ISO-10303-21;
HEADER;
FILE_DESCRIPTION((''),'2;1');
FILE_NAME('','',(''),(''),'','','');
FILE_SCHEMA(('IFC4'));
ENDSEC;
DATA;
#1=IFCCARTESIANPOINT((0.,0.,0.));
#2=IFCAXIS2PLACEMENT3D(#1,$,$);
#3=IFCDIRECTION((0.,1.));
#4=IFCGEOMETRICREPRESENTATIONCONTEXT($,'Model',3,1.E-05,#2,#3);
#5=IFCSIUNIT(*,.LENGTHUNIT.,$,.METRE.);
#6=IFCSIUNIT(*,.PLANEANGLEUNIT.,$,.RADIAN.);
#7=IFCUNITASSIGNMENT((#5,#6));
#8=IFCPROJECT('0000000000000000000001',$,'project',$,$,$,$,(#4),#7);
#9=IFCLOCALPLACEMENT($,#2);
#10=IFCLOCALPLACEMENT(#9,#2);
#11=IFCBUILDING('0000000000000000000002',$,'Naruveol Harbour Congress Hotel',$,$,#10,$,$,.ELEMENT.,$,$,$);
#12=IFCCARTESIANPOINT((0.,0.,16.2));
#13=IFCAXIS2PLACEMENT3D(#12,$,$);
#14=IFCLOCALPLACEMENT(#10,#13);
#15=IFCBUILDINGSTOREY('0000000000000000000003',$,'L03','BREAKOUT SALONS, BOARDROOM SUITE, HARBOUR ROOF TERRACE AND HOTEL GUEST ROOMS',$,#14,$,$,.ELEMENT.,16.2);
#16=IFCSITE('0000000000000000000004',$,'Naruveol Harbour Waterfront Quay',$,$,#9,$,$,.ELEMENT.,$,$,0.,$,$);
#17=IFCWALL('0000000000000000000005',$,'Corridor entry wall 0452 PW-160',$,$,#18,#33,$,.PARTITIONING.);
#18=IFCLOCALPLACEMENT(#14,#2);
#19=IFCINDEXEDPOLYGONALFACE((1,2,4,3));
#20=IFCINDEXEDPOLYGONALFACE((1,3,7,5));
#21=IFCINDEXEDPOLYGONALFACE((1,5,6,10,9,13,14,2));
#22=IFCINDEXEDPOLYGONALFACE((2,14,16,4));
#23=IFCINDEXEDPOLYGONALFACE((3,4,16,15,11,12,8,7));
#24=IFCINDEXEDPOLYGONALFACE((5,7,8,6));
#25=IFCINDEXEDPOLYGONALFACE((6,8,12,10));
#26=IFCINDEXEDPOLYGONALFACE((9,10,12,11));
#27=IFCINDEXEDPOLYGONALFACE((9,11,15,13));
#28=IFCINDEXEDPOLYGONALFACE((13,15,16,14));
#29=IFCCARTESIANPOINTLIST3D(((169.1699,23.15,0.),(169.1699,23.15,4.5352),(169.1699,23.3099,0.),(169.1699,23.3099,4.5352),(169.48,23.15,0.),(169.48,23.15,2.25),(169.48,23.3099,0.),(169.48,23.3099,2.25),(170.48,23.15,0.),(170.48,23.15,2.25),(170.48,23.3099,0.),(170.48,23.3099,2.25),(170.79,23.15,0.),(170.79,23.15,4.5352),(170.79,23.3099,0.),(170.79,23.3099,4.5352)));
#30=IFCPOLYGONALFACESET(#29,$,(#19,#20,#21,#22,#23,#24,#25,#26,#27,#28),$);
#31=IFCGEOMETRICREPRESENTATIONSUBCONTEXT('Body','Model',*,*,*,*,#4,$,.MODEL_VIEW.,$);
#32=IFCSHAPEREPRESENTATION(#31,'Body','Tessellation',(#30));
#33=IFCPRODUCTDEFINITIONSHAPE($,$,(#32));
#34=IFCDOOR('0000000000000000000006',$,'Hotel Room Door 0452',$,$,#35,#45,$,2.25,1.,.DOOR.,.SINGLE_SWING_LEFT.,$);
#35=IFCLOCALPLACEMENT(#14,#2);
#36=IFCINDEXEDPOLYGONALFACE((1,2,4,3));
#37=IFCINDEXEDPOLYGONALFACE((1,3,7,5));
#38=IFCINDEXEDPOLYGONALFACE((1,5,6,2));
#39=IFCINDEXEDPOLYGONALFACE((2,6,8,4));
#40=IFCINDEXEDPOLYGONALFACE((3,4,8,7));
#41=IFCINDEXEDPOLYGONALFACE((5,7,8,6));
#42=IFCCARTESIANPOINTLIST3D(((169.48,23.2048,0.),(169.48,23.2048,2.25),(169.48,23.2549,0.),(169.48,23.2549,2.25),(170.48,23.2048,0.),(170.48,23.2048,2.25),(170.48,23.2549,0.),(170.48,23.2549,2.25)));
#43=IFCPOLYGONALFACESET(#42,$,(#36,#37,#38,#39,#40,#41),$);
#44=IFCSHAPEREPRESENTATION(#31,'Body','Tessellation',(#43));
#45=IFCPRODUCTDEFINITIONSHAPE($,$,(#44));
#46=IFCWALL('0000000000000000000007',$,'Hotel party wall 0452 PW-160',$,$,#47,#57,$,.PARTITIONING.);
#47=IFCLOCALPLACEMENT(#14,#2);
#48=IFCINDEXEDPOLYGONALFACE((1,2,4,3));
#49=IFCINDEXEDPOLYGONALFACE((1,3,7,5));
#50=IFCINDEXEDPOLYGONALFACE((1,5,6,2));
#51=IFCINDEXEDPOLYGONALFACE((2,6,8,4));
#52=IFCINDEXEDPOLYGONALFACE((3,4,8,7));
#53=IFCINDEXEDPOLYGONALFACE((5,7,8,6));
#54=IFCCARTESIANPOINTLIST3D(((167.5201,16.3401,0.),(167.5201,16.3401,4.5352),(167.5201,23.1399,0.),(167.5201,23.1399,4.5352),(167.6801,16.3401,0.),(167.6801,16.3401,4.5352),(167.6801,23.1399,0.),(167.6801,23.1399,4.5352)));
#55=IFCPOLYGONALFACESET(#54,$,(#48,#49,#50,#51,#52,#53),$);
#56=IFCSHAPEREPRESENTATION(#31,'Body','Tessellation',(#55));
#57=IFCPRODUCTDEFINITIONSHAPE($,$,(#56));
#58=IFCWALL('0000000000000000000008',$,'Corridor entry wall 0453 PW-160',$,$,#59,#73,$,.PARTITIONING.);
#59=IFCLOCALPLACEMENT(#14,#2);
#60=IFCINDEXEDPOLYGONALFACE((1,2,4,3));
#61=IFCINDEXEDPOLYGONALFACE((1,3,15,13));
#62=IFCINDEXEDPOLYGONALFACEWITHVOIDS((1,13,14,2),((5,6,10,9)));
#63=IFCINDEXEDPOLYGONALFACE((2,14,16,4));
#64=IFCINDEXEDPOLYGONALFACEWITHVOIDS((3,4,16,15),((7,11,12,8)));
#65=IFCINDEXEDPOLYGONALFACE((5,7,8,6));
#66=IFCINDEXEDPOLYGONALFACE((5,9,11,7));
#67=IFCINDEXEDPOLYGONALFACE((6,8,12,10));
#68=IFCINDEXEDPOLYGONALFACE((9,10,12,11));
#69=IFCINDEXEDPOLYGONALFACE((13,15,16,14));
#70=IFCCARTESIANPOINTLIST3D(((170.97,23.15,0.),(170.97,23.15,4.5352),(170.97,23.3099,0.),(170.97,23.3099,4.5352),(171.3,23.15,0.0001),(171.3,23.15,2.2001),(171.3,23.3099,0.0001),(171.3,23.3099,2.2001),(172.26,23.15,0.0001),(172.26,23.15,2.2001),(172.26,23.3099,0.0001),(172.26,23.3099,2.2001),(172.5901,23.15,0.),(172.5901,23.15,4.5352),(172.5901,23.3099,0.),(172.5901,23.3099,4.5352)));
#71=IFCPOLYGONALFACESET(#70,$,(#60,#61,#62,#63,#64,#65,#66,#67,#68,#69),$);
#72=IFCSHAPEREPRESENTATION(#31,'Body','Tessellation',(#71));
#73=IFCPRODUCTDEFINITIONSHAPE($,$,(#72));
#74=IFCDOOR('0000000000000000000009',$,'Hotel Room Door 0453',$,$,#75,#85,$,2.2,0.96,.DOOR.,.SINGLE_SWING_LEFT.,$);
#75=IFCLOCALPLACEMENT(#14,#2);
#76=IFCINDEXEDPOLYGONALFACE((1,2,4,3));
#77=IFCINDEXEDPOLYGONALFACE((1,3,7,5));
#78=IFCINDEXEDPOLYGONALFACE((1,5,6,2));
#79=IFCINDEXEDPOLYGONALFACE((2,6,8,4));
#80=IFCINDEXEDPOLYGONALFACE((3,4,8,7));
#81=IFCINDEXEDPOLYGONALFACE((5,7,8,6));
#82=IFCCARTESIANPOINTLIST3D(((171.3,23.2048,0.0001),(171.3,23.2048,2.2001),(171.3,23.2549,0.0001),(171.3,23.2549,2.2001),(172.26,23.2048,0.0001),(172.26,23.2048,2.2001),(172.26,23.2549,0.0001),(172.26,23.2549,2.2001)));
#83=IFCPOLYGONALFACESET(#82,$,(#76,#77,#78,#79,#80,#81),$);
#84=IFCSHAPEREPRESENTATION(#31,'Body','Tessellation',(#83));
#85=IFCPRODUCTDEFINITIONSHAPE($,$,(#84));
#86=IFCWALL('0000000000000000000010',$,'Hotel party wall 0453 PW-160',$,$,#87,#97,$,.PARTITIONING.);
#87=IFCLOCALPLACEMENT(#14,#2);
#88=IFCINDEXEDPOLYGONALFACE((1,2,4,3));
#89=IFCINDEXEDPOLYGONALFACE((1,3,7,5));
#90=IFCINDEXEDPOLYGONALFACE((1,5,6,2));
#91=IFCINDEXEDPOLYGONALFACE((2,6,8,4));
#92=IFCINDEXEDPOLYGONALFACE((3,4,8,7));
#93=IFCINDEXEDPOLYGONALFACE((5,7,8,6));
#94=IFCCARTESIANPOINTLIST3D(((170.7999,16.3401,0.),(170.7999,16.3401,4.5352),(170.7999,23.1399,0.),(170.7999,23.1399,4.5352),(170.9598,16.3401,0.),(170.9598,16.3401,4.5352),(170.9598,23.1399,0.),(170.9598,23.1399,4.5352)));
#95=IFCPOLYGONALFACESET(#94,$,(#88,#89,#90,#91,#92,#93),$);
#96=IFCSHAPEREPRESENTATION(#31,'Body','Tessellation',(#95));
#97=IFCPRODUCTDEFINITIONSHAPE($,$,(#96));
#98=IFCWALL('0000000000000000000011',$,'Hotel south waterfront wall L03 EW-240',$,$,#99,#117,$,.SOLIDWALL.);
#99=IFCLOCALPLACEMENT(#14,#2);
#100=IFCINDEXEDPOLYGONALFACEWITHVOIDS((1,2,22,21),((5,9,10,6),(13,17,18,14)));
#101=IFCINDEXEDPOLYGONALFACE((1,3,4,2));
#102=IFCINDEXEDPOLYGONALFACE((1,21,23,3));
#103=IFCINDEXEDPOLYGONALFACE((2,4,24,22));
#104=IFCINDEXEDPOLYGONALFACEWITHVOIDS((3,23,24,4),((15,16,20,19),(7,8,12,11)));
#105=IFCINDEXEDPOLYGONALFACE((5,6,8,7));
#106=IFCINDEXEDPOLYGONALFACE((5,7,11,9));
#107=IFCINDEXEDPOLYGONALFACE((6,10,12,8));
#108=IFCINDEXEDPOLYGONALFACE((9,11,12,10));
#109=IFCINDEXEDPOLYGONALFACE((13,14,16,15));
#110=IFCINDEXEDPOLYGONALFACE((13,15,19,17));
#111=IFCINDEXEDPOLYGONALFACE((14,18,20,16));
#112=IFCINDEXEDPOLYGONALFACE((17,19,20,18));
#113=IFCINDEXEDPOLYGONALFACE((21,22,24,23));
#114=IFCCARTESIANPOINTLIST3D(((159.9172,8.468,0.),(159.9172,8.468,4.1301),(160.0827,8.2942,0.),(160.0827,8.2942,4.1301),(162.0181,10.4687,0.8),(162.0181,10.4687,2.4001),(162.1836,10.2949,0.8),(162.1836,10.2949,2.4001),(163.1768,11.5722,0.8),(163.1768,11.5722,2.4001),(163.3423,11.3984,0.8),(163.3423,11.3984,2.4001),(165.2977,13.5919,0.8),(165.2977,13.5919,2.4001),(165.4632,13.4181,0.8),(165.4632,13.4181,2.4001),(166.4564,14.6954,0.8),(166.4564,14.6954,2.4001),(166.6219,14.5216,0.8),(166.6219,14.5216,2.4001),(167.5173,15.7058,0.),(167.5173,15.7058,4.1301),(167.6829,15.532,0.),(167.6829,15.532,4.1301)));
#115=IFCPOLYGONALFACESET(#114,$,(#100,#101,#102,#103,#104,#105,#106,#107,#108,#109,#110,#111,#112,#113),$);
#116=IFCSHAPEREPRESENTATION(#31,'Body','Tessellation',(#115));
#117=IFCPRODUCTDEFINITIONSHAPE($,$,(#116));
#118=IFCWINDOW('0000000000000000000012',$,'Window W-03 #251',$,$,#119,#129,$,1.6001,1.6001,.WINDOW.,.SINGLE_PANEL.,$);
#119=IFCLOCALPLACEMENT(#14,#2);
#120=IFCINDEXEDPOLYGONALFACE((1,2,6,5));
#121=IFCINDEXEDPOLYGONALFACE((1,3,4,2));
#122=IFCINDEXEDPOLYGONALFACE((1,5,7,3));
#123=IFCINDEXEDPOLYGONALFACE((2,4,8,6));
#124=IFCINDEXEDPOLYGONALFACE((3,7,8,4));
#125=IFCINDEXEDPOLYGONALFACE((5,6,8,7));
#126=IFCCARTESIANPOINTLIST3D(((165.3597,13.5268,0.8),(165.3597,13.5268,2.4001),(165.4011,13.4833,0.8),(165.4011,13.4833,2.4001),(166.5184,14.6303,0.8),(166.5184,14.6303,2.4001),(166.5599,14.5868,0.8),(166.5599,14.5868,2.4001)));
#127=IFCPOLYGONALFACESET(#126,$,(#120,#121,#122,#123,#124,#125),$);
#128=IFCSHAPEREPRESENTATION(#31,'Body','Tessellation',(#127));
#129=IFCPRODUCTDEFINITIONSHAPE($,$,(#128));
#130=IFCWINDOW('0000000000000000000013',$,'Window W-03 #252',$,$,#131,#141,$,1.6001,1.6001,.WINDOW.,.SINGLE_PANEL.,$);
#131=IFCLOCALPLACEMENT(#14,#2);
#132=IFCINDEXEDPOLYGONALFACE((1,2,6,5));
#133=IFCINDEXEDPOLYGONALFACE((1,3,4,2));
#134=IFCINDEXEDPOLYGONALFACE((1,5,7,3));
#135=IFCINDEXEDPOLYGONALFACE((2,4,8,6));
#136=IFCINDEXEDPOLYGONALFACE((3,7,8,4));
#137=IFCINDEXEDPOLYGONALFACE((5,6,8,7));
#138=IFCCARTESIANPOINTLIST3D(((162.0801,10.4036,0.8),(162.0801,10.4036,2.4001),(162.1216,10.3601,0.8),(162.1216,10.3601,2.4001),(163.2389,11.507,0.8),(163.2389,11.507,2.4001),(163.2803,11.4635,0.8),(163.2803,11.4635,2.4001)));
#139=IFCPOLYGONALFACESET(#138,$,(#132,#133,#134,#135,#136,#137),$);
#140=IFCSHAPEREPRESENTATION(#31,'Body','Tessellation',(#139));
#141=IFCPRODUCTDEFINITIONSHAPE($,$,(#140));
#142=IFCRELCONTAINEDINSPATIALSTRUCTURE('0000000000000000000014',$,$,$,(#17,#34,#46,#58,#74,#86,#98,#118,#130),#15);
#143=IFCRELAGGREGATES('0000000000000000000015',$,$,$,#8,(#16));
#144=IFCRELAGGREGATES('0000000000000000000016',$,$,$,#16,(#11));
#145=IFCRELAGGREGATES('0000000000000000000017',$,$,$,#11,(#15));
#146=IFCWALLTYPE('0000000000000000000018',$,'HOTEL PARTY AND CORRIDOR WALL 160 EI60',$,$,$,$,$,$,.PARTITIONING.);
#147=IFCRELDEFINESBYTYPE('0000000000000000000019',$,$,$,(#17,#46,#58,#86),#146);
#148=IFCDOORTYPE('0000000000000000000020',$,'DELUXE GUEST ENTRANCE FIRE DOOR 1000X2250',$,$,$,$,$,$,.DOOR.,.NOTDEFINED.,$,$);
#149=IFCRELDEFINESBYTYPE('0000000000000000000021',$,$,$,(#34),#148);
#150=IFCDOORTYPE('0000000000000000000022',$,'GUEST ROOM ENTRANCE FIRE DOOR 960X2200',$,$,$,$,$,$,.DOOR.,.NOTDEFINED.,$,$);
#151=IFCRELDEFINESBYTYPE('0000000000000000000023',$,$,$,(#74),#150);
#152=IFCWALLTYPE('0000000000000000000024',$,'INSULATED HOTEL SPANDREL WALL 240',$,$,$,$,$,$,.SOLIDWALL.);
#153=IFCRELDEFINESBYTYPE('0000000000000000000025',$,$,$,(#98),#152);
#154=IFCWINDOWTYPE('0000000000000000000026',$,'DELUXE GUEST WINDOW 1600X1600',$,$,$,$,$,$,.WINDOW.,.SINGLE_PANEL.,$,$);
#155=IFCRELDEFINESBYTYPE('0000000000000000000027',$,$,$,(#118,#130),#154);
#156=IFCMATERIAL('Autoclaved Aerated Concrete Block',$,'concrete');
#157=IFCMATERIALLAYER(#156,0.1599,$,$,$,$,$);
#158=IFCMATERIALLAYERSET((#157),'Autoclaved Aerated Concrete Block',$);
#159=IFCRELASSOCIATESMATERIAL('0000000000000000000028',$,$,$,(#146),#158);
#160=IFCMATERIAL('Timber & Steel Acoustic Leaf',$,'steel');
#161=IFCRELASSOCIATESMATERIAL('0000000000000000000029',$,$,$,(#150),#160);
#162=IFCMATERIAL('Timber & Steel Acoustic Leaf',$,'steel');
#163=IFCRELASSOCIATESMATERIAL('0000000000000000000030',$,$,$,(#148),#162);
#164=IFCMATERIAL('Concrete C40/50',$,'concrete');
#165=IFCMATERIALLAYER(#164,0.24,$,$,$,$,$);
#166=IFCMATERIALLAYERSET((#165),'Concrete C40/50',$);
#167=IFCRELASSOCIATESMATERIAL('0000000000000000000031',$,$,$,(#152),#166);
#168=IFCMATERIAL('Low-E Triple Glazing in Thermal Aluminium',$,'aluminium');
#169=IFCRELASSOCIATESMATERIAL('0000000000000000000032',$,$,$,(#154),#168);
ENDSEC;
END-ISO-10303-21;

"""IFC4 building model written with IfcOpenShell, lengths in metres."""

from ifc_helpers import new_model, si_unit, direction, frame, frame_2d, origin, place, context, subcontext, project, spatial, rectangle, extrude, material, layer, layer_set, type_object, element, fill, save


model = new_model("IFC4")

# Units and contexts
model_context = context("Model", 3, precision=1e-05, world=origin(), true_north=direction((0.0, 1.0)))
body_context = subcontext(model_context, "Body", "Model", "MODEL_VIEW")
ifc_project = project(units=[si_unit("LENGTHUNIT", "METRE"), si_unit("PLANEANGLEUNIT", "RADIAN")], contexts=[model_context])

# Site, building, storey
site_placement = place(None, origin())
site = spatial("IfcSite", under=ifc_project, at=site_placement, Name="Naruveol Harbour Waterfront Quay", CompositionType="ELEMENT", RefElevation=0.0)
building_placement = place(site_placement, origin())
building = spatial("IfcBuilding", under=site, at=building_placement, Name="Naruveol Harbour Congress Hotel", CompositionType="ELEMENT")
storey_placement = place(building_placement, frame((0.0, 0.0, 16.2)))
storey = spatial("IfcBuildingStorey", under=building, at=storey_placement, Name="L03", Description="BREAKOUT SALONS, BOARDROOM SUITE, HARBOUR ROOF TERRACE AND HOTEL GUEST ROOMS", CompositionType="ELEMENT", Elevation=16.2)

# Shared definitions
ifc_material_1 = material(Name="Autoclaved Aerated Concrete Block", Category="concrete")
ifc_layer_1 = layer(ifc_material_1, 0.1599)
ifc_layer_set_1 = layer_set([ifc_layer_1], Name="Autoclaved Aerated Concrete Block")
wall_type_1 = type_object("IfcWallType", Name="HOTEL PARTY AND CORRIDOR WALL 160 EI60", PredefinedType="PARTITIONING", material=ifc_layer_set_1)

# Shared definitions
ifc_material_2 = material(Name="Timber & Steel Acoustic Leaf", Category="steel")
door_type_1 = type_object("IfcDoorType", Name="GUEST ROOM ENTRANCE FIRE DOOR 960X2200", OperationType="NOTDEFINED", PredefinedType="DOOR", material=ifc_material_2)

# Wall, opening, door
wall_1_placement = place(storey_placement, frame((169.1699, 23.23, 0.0), z_axis=(0.0, 0.0, 1.0), x_axis=(1.0, 0.0, 0.0)))
wall_1 = element("IfcWall", 1, at=wall_1_placement, inside=storey, type_object=wall_type_1, Name="Corridor entry wall 0452 PW-160", PredefinedType="PARTITIONING", context=body_context, shape_type="SweptSolid", body=[
    extrude(rectangle(XDim=1.6201, YDim=0.1599, at=frame_2d((0.8101, 0.0))), origin(), (0.0, 0.0, 1.0), 4.5352),
])
opening_1_placement = place(wall_1_placement, frame((0.3101, 0.0, 0.0)))
opening_1 = element("IfcOpeningElement", 2, at=opening_1_placement, cuts=wall_1, PredefinedType="OPENING", context=body_context, shape_type="SweptSolid", body=[
    extrude(rectangle(XDim=1.0, YDim=2.25, at=frame_2d((0.5, 1.125))), frame((0.0, 0.0898, 0.0), z_axis=(0.0, -1.0, 0.0), x_axis=(1.0, 0.0, 0.0)), (0.0, 0.0, 1.0), 0.1799),
])
ifc_material_3 = material(Name="Timber & Steel Acoustic Leaf", Category="steel")
door_type_2 = type_object("IfcDoorType", Name="DELUXE GUEST ENTRANCE FIRE DOOR 1000X2250", OperationType="NOTDEFINED", PredefinedType="DOOR", material=ifc_material_3)
door_1_placement = place(opening_1_placement, origin())
door_1 = element("IfcDoor", 3, at=door_1_placement, inside=storey, type_object=door_type_2, Name="Hotel Room Door 0452", OperationType="SINGLE_SWING_LEFT", OverallHeight=2.25, OverallWidth=1.0, PredefinedType="DOOR", context=body_context, shape_type="SweptSolid", body=[
    extrude(rectangle(XDim=1.0, YDim=2.25, at=frame_2d((0.5, 1.125))), frame((0.0, 0.0249, 0.0), z_axis=(0.0, -1.0, 0.0), x_axis=(1.0, 0.0, 0.0)), (0.0, 0.0, 1.0), 0.05),
])
fill(opening_1, door_1)

# Wall
wall_2_placement = place(storey_placement, frame((167.6001, 16.3401, 0.0), z_axis=(0.0, 0.0, 1.0), x_axis=(0.0, 1.0, 0.0)))
element("IfcWall", 4, at=wall_2_placement, inside=storey, type_object=wall_type_1, Name="Hotel party wall 0452 PW-160", PredefinedType="PARTITIONING", context=body_context, shape_type="SweptSolid", body=[
    extrude(rectangle(XDim=6.7998, YDim=0.1599, at=frame_2d((3.3999, 0.0))), origin(), (0.0, 0.0, 1.0), 4.5352),
])

# Wall, opening, door
wall_3_placement = place(storey_placement, frame((170.97, 23.23, 0.0), z_axis=(0.0, 0.0, 1.0), x_axis=(1.0, 0.0, 0.0)))
wall_3 = element("IfcWall", 5, at=wall_3_placement, inside=storey, type_object=wall_type_1, Name="Corridor entry wall 0453 PW-160", PredefinedType="PARTITIONING", context=body_context, shape_type="SweptSolid", body=[
    extrude(rectangle(XDim=1.6201, YDim=0.1599, at=frame_2d((0.8101, 0.0))), origin(), (0.0, 0.0, 1.0), 4.5352),
])
opening_2_placement = place(wall_3_placement, frame((0.3301, 0.0, 0.0)))
opening_2 = element("IfcOpeningElement", 6, at=opening_2_placement, cuts=wall_3, PredefinedType="OPENING", context=body_context, shape_type="SweptSolid", body=[
    extrude(rectangle(XDim=0.96, YDim=2.2, at=frame_2d((0.48, 1.1001))), frame((0.0, 0.0898, 0.0), z_axis=(0.0, -1.0, 0.0), x_axis=(1.0, 0.0, 0.0)), (0.0, 0.0, 1.0), 0.1799),
])
door_2_placement = place(opening_2_placement, origin())
door_2 = element("IfcDoor", 7, at=door_2_placement, inside=storey, type_object=door_type_1, Name="Hotel Room Door 0453", OperationType="SINGLE_SWING_LEFT", OverallHeight=2.2, OverallWidth=0.96, PredefinedType="DOOR", context=body_context, shape_type="SweptSolid", body=[
    extrude(rectangle(XDim=0.96, YDim=2.2, at=frame_2d((0.48, 1.1001))), frame((0.0, 0.0249, 0.0), z_axis=(0.0, -1.0, 0.0), x_axis=(1.0, 0.0, 0.0)), (0.0, 0.0, 1.0), 0.05),
])
fill(opening_2, door_2)

# Wall
wall_4_placement = place(storey_placement, frame((170.8799, 16.3401, 0.0), z_axis=(0.0, 0.0, 1.0), x_axis=(0.0, 1.0, 0.0)))
element("IfcWall", 8, at=wall_4_placement, inside=storey, type_object=wall_type_1, Name="Hotel party wall 0453 PW-160", PredefinedType="PARTITIONING", context=body_context, shape_type="SweptSolid", body=[
    extrude(rectangle(XDim=6.7998, YDim=0.1599, at=frame_2d((3.3999, 0.0))), origin(), (0.0, 0.0, 1.0), 4.5352),
])

# Wall, openings, windows
ifc_material_4 = material(Name="Concrete C40/50", Category="concrete")
ifc_layer_2 = layer(ifc_material_4, 0.24)
ifc_layer_set_2 = layer_set([ifc_layer_2], Name="Concrete C40/50")
wall_type_2 = type_object("IfcWallType", Name="INSULATED HOTEL SPANDREL WALL 240", PredefinedType="SOLIDWALL", material=ifc_layer_set_2)
wall_5_placement = place(storey_placement, frame((167.6001, 15.6189, 0.0), z_axis=(0.0, 0.0, 1.0), x_axis=(-0.724157, -0.689635, 0.0)))
wall_5 = element("IfcWall", 9, at=wall_5_placement, inside=storey, type_object=wall_type_2, Name="Hotel south waterfront wall L03 EW-240", PredefinedType="SOLIDWALL", context=body_context, shape_type="SweptSolid", body=[
    extrude(rectangle(XDim=10.4951, YDim=0.24, at=frame_2d((5.2476, 0.0))), origin(), (0.0, 0.0, 1.0), 4.1301),
])
opening_3_placement = place(wall_5_placement, frame((1.4651, 0.0, 0.8)))
opening_3 = element("IfcOpeningElement", 10, at=opening_3_placement, cuts=wall_5, PredefinedType="OPENING", context=body_context, shape_type="SweptSolid", body=[
    extrude(rectangle(XDim=1.6001, YDim=1.6001, at=frame_2d((0.8, 0.8))), frame((0.0, 0.1299, 0.0), z_axis=(0.0, -1.0, 0.0), x_axis=(1.0, 0.0, 0.0)), (0.0, 0.0, 1.0), 0.26),
])
opening_4_placement = place(wall_5_placement, frame((5.9939, 0.0, 0.8)))
opening_4 = element("IfcOpeningElement", 11, at=opening_4_placement, cuts=wall_5, PredefinedType="OPENING", context=body_context, shape_type="SweptSolid", body=[
    extrude(rectangle(XDim=1.6001, YDim=1.6001, at=frame_2d((0.8, 0.8))), frame((0.0, 0.1299, 0.0), z_axis=(0.0, -1.0, 0.0), x_axis=(1.0, 0.0, 0.0)), (0.0, 0.0, 1.0), 0.26),
])
ifc_material_5 = material(Name="Low-E Triple Glazing in Thermal Aluminium", Category="aluminium")
window_type = type_object("IfcWindowType", Name="DELUXE GUEST WINDOW 1600X1600", PartitioningType="SINGLE_PANEL", PredefinedType="WINDOW", material=ifc_material_5)
window_1_placement = place(opening_3_placement, origin())
window_1 = element("IfcWindow", 12, at=window_1_placement, inside=storey, type_object=window_type, Name="Window W-03 #251", OverallHeight=1.6001, OverallWidth=1.6001, PartitioningType="SINGLE_PANEL", PredefinedType="WINDOW", context=body_context, shape_type="SweptSolid", body=[
    extrude(rectangle(XDim=1.6001, YDim=1.6001, at=frame_2d((0.8, 0.8))), frame((0.0, 0.03, 0.0), z_axis=(0.0, -1.0, 0.0), x_axis=(1.0, 0.0, 0.0)), (0.0, 0.0, 1.0), 0.0601),
])
fill(opening_3, window_1)
window_2_placement = place(opening_4_placement, origin())
window_2 = element("IfcWindow", 13, at=window_2_placement, inside=storey, type_object=window_type, Name="Window W-03 #252", OverallHeight=1.6001, OverallWidth=1.6001, PartitioningType="SINGLE_PANEL", PredefinedType="WINDOW", context=body_context, shape_type="SweptSolid", body=[
    extrude(rectangle(XDim=1.6001, YDim=1.6001, at=frame_2d((0.8, 0.8))), frame((0.0, 0.03, 0.0), z_axis=(0.0, -1.0, 0.0), x_axis=(1.0, 0.0, 0.0)), (0.0, 0.0, 1.0), 0.0601),
])
fill(opening_4, window_2)

save(model, "model.ifc")
